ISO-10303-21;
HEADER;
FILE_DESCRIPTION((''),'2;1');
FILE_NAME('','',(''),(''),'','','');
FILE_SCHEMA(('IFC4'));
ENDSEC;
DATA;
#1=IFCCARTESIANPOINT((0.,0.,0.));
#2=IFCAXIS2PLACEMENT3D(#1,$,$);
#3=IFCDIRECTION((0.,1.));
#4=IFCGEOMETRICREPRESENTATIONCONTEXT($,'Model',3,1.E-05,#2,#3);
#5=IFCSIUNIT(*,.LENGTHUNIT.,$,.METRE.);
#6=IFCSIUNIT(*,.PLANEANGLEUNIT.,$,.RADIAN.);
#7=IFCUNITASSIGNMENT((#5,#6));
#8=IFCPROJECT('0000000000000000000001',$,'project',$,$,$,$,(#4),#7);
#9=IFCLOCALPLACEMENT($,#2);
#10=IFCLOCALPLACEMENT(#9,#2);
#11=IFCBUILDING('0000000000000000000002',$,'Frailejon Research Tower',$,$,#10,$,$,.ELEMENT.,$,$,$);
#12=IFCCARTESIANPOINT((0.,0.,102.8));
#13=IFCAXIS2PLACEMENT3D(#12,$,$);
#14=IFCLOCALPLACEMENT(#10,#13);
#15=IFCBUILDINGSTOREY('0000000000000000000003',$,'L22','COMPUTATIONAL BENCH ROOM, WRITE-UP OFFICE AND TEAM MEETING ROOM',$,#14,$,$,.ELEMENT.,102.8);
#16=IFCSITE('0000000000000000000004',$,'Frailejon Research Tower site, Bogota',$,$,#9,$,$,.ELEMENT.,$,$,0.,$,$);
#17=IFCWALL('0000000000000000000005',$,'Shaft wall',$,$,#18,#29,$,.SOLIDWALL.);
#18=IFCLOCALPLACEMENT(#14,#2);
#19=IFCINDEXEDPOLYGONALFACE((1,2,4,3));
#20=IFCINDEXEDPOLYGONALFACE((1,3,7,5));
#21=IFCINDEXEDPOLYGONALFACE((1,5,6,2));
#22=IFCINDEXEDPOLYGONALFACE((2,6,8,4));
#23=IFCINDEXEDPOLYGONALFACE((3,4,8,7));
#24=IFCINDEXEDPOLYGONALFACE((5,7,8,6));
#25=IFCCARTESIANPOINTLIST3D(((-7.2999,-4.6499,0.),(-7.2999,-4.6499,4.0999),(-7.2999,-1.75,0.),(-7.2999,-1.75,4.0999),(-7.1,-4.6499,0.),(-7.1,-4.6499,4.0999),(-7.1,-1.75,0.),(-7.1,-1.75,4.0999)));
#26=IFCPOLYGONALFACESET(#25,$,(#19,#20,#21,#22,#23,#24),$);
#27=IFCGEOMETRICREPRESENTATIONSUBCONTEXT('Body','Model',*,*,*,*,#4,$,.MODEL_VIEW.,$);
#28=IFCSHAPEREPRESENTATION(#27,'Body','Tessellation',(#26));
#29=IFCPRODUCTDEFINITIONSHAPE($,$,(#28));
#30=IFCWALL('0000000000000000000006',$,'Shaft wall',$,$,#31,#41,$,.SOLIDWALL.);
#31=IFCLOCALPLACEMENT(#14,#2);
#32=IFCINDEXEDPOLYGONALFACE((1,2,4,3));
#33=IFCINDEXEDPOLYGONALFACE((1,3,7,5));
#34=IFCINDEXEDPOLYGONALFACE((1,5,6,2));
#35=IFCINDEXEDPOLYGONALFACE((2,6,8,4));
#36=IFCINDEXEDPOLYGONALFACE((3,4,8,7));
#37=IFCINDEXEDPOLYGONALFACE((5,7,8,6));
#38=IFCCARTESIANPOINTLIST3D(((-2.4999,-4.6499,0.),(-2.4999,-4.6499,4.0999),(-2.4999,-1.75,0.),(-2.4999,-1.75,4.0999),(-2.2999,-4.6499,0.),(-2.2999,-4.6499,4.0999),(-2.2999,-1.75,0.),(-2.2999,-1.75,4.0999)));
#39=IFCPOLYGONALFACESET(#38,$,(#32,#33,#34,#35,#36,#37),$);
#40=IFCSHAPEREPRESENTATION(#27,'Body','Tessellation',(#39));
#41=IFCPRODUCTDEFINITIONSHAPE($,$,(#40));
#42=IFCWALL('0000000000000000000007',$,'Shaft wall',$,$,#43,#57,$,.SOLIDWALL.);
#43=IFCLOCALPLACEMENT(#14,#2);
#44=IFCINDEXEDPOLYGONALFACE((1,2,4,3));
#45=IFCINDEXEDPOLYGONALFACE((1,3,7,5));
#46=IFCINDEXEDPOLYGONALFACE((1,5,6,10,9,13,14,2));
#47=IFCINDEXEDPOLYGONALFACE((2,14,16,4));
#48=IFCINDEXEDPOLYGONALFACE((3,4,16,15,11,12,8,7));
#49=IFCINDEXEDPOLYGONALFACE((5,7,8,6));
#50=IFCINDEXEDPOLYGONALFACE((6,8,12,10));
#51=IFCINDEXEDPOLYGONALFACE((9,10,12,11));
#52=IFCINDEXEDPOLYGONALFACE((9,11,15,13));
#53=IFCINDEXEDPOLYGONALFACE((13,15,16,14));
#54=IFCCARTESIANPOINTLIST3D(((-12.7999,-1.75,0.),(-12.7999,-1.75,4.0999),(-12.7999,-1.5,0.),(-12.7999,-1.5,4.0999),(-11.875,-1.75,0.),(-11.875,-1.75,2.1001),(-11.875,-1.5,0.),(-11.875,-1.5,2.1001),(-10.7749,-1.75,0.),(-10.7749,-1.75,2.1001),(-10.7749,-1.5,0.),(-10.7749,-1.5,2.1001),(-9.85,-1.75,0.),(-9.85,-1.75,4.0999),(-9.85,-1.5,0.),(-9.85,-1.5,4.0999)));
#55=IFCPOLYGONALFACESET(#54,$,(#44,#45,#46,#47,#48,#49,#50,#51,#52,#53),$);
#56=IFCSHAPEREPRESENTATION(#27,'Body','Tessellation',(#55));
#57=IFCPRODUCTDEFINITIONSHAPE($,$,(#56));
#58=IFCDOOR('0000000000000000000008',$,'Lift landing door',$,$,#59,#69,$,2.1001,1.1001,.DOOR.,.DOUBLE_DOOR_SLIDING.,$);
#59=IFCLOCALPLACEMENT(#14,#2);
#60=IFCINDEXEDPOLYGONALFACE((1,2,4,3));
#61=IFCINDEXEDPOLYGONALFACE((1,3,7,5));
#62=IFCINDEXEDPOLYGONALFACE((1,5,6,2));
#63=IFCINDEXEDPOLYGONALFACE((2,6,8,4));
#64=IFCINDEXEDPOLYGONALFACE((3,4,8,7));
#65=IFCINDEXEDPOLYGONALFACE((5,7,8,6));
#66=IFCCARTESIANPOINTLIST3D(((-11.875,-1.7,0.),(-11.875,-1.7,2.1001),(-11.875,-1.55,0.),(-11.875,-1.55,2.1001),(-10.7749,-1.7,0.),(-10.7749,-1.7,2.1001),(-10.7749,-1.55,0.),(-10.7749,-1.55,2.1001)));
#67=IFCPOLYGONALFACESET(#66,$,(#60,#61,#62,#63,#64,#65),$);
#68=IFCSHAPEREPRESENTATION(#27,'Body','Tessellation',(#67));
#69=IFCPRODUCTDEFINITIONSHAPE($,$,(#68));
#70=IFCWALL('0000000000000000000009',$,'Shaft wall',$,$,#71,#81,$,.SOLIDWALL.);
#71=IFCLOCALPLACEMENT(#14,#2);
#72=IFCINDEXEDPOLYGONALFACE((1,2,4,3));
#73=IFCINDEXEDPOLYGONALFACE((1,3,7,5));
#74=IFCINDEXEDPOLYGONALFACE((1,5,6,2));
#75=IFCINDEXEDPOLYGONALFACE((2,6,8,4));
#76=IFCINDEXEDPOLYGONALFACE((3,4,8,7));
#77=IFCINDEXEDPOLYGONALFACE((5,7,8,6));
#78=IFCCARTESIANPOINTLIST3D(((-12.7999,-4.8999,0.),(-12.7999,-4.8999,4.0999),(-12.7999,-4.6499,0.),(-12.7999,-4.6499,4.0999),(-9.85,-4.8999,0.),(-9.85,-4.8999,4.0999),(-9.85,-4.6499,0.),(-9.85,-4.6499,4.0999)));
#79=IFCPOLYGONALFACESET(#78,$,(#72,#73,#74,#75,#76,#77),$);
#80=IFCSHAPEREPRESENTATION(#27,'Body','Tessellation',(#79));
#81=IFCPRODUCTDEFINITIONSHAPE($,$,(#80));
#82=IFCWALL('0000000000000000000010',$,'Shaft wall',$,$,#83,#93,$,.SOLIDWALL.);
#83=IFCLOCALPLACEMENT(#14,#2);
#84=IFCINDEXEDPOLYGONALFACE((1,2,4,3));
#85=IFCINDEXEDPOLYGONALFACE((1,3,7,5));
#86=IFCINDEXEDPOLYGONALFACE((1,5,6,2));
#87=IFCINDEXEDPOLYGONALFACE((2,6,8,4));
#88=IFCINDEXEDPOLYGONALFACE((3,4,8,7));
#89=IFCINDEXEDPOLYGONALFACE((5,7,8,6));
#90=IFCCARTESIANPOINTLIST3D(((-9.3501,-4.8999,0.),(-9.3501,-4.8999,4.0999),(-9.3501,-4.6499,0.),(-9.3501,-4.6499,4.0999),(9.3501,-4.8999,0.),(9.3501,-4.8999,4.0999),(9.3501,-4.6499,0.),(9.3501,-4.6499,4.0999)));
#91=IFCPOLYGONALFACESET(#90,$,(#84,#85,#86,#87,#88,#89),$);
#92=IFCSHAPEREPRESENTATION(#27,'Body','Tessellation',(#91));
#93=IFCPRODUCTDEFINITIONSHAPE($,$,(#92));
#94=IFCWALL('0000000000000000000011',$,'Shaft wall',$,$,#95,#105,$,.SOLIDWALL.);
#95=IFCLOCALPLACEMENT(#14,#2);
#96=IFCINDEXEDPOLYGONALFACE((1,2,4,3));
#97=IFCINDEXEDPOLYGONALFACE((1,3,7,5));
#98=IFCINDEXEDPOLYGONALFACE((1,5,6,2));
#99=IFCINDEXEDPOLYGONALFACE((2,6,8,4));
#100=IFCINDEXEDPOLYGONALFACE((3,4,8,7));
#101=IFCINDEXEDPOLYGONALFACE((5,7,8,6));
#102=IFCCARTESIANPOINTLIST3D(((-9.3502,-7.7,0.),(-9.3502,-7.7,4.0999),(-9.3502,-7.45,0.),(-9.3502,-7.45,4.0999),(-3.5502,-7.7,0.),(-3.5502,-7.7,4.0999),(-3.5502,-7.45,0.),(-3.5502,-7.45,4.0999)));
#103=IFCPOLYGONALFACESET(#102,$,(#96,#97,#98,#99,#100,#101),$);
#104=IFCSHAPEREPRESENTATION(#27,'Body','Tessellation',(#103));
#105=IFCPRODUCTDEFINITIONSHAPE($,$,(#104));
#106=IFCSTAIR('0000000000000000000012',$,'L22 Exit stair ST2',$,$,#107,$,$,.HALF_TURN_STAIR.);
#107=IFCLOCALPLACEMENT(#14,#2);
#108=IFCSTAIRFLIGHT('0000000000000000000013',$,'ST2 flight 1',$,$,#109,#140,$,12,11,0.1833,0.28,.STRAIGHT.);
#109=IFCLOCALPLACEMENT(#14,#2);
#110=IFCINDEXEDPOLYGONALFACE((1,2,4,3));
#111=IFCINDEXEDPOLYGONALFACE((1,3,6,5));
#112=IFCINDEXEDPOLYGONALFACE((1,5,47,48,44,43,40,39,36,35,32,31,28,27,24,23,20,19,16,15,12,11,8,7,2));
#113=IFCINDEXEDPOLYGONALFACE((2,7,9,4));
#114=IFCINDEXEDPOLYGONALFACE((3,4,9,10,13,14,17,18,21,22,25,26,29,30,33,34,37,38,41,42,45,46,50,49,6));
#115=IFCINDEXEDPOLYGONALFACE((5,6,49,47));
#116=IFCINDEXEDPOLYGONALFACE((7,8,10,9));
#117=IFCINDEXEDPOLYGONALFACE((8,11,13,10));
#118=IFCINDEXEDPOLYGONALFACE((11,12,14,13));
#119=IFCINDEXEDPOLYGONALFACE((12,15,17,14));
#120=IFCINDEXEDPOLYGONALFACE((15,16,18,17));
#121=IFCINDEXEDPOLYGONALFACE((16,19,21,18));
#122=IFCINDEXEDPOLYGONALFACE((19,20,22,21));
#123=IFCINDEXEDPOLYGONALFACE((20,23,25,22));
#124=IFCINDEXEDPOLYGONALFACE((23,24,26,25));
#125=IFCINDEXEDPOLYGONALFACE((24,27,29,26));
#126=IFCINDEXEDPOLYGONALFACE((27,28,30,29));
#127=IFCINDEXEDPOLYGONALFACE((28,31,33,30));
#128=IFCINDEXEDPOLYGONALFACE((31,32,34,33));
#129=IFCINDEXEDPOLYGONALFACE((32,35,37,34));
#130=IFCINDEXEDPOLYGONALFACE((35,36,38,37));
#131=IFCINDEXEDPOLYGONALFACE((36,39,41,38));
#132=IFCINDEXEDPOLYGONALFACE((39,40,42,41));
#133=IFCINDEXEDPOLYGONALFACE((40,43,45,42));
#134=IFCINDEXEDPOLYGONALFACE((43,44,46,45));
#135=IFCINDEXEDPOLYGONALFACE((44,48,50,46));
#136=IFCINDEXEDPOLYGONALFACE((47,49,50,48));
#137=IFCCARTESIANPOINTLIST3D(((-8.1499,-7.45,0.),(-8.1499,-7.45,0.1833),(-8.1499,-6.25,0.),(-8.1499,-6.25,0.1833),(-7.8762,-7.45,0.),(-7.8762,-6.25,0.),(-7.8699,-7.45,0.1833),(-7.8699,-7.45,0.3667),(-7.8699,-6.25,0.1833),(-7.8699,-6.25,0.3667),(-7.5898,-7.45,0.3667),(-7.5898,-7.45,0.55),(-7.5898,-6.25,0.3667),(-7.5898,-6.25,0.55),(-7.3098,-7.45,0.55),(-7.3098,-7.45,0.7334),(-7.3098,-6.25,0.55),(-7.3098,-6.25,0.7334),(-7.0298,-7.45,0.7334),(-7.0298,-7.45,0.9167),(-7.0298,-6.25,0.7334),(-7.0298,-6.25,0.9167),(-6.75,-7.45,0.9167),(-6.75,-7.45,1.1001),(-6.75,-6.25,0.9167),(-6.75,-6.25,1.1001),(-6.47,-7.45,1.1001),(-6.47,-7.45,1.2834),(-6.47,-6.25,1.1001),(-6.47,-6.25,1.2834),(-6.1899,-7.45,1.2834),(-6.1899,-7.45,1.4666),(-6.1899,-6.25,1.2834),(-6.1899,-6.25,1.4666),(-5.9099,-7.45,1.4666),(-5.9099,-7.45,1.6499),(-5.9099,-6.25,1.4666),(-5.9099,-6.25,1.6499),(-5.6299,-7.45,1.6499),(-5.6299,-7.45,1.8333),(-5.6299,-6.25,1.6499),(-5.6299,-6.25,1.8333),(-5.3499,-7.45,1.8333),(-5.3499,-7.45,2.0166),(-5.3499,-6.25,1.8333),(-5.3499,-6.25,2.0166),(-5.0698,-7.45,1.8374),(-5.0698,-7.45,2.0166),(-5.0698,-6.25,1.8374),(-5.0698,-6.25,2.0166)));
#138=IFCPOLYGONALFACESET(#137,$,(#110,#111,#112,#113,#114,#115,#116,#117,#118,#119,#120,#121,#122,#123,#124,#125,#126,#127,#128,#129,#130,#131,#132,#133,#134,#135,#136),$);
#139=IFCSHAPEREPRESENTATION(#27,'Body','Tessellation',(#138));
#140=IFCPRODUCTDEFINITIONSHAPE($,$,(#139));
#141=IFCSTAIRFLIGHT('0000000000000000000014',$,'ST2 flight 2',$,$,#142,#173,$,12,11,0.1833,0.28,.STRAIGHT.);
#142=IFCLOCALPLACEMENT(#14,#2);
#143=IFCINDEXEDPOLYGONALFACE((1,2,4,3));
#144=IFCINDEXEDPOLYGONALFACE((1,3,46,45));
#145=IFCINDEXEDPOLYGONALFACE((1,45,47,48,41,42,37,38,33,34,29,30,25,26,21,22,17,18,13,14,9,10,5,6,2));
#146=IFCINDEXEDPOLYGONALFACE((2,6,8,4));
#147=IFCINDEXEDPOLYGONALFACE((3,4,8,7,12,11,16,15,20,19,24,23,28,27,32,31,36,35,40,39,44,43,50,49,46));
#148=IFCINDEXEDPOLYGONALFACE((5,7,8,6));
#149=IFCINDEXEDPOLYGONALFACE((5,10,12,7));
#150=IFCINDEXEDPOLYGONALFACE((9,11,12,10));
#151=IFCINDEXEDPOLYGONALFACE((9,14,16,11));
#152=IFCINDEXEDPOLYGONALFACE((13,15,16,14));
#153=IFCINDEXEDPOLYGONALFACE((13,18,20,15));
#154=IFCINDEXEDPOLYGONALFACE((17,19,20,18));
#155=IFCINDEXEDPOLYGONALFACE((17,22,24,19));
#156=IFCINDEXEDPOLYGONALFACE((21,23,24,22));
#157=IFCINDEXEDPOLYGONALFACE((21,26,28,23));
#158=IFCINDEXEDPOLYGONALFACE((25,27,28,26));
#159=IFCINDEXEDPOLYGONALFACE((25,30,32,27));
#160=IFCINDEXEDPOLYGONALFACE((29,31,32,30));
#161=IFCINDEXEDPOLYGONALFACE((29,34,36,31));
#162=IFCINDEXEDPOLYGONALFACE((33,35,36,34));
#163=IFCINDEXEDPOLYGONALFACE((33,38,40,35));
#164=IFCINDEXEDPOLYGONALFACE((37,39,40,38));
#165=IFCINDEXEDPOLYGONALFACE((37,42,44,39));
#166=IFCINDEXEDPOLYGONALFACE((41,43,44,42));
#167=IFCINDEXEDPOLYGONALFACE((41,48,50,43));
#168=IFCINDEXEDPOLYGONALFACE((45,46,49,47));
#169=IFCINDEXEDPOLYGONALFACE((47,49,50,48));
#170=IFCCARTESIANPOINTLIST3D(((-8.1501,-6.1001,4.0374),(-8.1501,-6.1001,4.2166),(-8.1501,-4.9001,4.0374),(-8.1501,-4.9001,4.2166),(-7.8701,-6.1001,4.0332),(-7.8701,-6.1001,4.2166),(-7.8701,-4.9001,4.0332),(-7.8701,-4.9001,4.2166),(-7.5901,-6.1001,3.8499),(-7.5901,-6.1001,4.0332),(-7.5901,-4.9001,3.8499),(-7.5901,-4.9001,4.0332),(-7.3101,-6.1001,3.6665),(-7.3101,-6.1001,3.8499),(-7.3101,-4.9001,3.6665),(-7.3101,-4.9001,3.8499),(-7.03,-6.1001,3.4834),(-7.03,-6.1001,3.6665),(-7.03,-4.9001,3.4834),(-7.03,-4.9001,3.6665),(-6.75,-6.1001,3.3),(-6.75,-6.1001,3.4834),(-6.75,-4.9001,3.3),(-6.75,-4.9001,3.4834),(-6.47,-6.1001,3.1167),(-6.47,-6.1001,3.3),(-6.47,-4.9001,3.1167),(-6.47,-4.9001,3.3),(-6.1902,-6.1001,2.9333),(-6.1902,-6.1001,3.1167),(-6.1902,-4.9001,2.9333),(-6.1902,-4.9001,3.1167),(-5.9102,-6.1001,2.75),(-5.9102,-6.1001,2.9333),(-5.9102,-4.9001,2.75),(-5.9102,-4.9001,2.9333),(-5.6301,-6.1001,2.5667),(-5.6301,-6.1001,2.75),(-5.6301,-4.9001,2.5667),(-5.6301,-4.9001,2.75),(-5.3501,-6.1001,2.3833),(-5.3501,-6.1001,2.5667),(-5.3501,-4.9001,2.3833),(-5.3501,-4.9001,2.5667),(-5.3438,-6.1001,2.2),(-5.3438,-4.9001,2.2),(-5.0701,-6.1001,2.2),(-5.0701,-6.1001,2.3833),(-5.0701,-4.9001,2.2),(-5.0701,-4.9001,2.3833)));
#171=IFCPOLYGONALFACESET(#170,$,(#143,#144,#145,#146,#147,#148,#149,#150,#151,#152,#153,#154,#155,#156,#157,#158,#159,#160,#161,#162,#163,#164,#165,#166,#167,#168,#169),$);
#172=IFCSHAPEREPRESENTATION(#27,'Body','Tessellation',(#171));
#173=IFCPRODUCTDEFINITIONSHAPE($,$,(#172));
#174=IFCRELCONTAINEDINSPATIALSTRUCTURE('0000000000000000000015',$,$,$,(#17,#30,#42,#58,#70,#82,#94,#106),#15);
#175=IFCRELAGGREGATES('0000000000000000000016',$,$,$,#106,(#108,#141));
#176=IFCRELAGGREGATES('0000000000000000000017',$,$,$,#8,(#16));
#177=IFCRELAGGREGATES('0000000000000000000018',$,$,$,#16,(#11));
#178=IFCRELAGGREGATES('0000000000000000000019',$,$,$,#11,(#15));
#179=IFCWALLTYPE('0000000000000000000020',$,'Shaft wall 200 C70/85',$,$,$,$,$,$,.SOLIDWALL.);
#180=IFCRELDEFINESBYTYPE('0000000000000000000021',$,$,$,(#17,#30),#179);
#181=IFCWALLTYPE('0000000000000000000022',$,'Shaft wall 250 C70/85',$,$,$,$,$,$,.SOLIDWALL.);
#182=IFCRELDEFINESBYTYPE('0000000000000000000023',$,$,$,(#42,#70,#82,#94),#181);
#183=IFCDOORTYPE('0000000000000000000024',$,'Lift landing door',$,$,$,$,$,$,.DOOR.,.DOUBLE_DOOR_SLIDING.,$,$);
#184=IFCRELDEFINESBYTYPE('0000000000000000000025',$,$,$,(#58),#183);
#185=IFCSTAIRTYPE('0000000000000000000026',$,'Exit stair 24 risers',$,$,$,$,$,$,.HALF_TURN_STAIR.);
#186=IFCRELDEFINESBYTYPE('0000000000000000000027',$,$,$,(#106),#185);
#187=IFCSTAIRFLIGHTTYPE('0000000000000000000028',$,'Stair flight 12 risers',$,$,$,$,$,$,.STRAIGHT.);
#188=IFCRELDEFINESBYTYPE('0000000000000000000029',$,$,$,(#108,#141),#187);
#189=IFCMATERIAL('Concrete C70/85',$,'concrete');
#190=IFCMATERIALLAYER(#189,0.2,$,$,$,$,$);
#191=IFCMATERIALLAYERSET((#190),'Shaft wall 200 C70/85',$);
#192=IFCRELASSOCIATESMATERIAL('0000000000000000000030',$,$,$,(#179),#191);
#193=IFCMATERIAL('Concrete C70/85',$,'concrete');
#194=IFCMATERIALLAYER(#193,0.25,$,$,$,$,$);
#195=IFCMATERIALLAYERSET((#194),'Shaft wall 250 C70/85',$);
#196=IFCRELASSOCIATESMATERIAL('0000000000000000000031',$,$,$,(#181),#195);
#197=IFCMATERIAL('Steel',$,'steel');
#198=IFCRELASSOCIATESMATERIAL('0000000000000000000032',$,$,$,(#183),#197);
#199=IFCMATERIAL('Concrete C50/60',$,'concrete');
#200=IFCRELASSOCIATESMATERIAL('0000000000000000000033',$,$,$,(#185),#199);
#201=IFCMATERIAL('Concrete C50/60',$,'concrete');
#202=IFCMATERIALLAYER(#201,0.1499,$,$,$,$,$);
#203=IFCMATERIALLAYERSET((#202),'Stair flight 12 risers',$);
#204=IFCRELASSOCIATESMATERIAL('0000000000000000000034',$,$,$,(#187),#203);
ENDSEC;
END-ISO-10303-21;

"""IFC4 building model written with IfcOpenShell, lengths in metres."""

from ifc_helpers import new_model, si_unit, direction, frame, frame_2d, origin, place, context, subcontext, project, spatial, polyline, rectangle, outline, extrude, material, layer, layer_set, type_object, element, fill, aggregate, save


model = new_model("IFC4")

# Units and contexts
model_context = context("Model", 3, precision=1e-05, world=origin(), true_north=direction((0.0, 1.0)))
body_context = subcontext(model_context, "Body", "Model", "MODEL_VIEW")
ifc_project = project(units=[si_unit("LENGTHUNIT", "METRE"), si_unit("PLANEANGLEUNIT", "RADIAN")], contexts=[model_context])

# Site, building, storey
site_placement = place(None, origin())
site = spatial("IfcSite", under=ifc_project, at=site_placement, Name="Frailejon Research Tower site, Bogota", CompositionType="ELEMENT", RefElevation=0.0)
building_placement = place(site_placement, origin())
building = spatial("IfcBuilding", under=site, at=building_placement, Name="Frailejon Research Tower", CompositionType="ELEMENT")
storey_placement = place(building_placement, frame((0.0, 0.0, 102.8)))
storey = spatial("IfcBuildingStorey", under=building, at=storey_placement, Name="L22", Description="COMPUTATIONAL BENCH ROOM, WRITE-UP OFFICE AND TEAM MEETING ROOM", CompositionType="ELEMENT", Elevation=102.8)

# Walls
ifc_material_1 = material(Name="Concrete C70/85", Category="concrete")
ifc_layer_1 = layer(ifc_material_1, 0.2)
ifc_layer_set_1 = layer_set([ifc_layer_1], Name="Shaft wall 200 C70/85")
wall_type_1 = type_object("IfcWallType", Name="Shaft wall 200 C70/85", PredefinedType="SOLIDWALL", material=ifc_layer_set_1)
for number, where, z_axis, x_axis, name in (
    (1, (-7.2, -4.6499, 0.0), (0.0, 0.0, 1.0), (0.0, 1.0, 0.0), "Shaft wall"),
    (2, (-2.3999, -4.6499, 0.0), (0.0, 0.0, 1.0), (0.0, 1.0, 0.0), "Shaft wall"),
):
    element("IfcWall", number, at=place(storey_placement, frame(where, z_axis=z_axis, x_axis=x_axis)), inside=storey, type_object=wall_type_1, Name=name, PredefinedType="SOLIDWALL", context=body_context, shape_type="SweptSolid", body=[
        extrude(rectangle(XDim=2.8999, YDim=0.2, at=frame_2d((1.45, 0.0))), origin(), (0.0, 0.0, 1.0), 4.0999),
    ])

# Wall, opening, door
ifc_material_2 = material(Name="Concrete C70/85", Category="concrete")
ifc_layer_2 = layer(ifc_material_2, 0.25)
ifc_layer_set_2 = layer_set([ifc_layer_2], Name="Shaft wall 250 C70/85")
wall_type_2 = type_object("IfcWallType", Name="Shaft wall 250 C70/85", PredefinedType="SOLIDWALL", material=ifc_layer_set_2)
wall_1_placement = place(storey_placement, frame((-12.8, -1.625, 0.0), z_axis=(0.0, 0.0, 1.0), x_axis=(1.0, 0.0, 0.0)))
wall_1 = element("IfcWall", 3, at=wall_1_placement, inside=storey, type_object=wall_type_2, Name="Shaft wall", PredefinedType="SOLIDWALL", context=body_context, shape_type="SweptSolid", body=[
    extrude(rectangle(XDim=2.95, YDim=0.25, at=frame_2d((1.4751, 0.0))), origin(), (0.0, 0.0, 1.0), 4.0999),
])
opening_placement = place(wall_1_placement, frame((0.925, 0.0, 0.0)))
opening = element("IfcOpeningElement", 4, at=opening_placement, cuts=wall_1, PredefinedType="OPENING", context=body_context, shape_type="SweptSolid", body=[
    extrude(rectangle(XDim=1.1001, YDim=2.1001, at=frame_2d((0.55, 1.05))), frame((0.0, 0.135, 0.0), z_axis=(0.0, -1.0, 0.0), x_axis=(1.0, 0.0, 0.0)), (0.0, 0.0, 1.0), 0.27),
])
ifc_material_3 = material(Name="Steel", Category="steel")
door_type = type_object("IfcDoorType", Name="Lift landing door", OperationType="DOUBLE_DOOR_SLIDING", PredefinedType="DOOR", material=ifc_material_3)
door_placement = place(opening_placement, origin())
door = element("IfcDoor", 5, at=door_placement, inside=storey, type_object=door_type, Name="Lift landing door", OperationType="DOUBLE_DOOR_SLIDING", OverallHeight=2.1001, OverallWidth=1.1001, PredefinedType="DOOR", context=body_context, shape_type="SweptSolid", body=[
    extrude(rectangle(XDim=1.1001, YDim=2.1001, at=frame_2d((0.55, 1.05))), frame((0.0, 0.075, 0.0), z_axis=(0.0, -1.0, 0.0), x_axis=(1.0, 0.0, 0.0)), (0.0, 0.0, 1.0), 0.1499),
])
fill(opening, door)

# Walls
wall_2_placement = place(storey_placement, frame((-12.8, -4.7749, 0.0), z_axis=(0.0, 0.0, 1.0), x_axis=(1.0, 0.0, 0.0)))
element("IfcWall", 6, at=wall_2_placement, inside=storey, type_object=wall_type_2, Name="Shaft wall", PredefinedType="SOLIDWALL", context=body_context, shape_type="SweptSolid", body=[
    extrude(rectangle(XDim=2.95, YDim=0.25, at=frame_2d((1.4751, 0.0))), origin(), (0.0, 0.0, 1.0), 4.0999),
])
wall_3_placement = place(storey_placement, frame((-9.3501, -4.7749, 0.0), z_axis=(0.0, 0.0, 1.0), x_axis=(1.0, 0.0, 0.0)))
element("IfcWall", 7, at=wall_3_placement, inside=storey, type_object=wall_type_2, Name="Shaft wall", PredefinedType="SOLIDWALL", context=body_context, shape_type="SweptSolid", body=[
    extrude(rectangle(XDim=18.7002, YDim=0.25, at=frame_2d((9.3501, 0.0))), origin(), (0.0, 0.0, 1.0), 4.0999),
])
wall_4_placement = place(storey_placement, frame((-9.3501, -7.575, 0.0), z_axis=(0.0, 0.0, 1.0), x_axis=(1.0, 0.0, 0.0)))
element("IfcWall", 8, at=wall_4_placement, inside=storey, type_object=wall_type_2, Name="Shaft wall", PredefinedType="SOLIDWALL", context=body_context, shape_type="SweptSolid", body=[
    extrude(rectangle(XDim=5.8, YDim=0.25, at=frame_2d((2.8999, 0.0))), origin(), (0.0, 0.0, 1.0), 4.0999),
])

# Stair, stair flights
ifc_material_4 = material(Name="Concrete C50/60", Category="concrete")
stair_type = type_object("IfcStairType", Name="Exit stair 24 risers", PredefinedType="HALF_TURN_STAIR", material=ifc_material_4)
stair_placement = place(storey_placement, origin())
stair = element("IfcStair", 9, at=stair_placement, inside=storey, type_object=stair_type, Name="L22 Exit stair ST2", PredefinedType="HALF_TURN_STAIR")
ifc_material_5 = material(Name="Concrete C50/60", Category="concrete")
ifc_layer_3 = layer(ifc_material_5, 0.1499)
ifc_layer_set_3 = layer_set([ifc_layer_3], Name="Stair flight 12 risers")
stair_flight_type = type_object("IfcStairFlightType", Name="Stair flight 12 risers", PredefinedType="STRAIGHT", material=ifc_layer_set_3)
stair_flight_1_placement = place(storey_placement, frame((-8.1499, -6.8501, 0.0), z_axis=(0.0, 0.0, 1.0), x_axis=(1.0, 0.0, 0.0)))
stair_flight_1 = element("IfcStairFlight", 10, at=stair_flight_1_placement, type_object=stair_flight_type, Name="ST2 flight 1", NumberOfRisers=12, NumberOfTreads=11, PredefinedType="STRAIGHT", RiserHeight=0.1833, TreadLength=0.28, context=body_context, shape_type="SweptSolid", body=[
    extrude(outline(polyline([(0.0, 0.0), (0.0, 0.1833), (0.28, 0.1833), (0.28, 0.3667), (0.5601, 0.3667), (0.5601, 0.55), (0.8401, 0.55), (0.8401, 0.7334), (1.1201, 0.7334), (1.1201, 0.9167), (1.3999, 0.9167), (1.3999, 1.1001), (1.6799, 1.1001), (1.6799, 1.2834), (1.96, 1.2834), (1.96, 1.4666), (2.24, 1.4666), (2.24, 1.6499), (2.52, 1.6499), (2.52, 1.8333), (2.8, 1.8333), (2.8, 2.0166), (3.0801, 2.0166), (3.0801, 2.2), (3.0801, 1.8374), (0.2737, 0.0), (0.0, 0.0)])), frame((0.0, 0.6001, 0.0), z_axis=(0.0, -1.0, 0.0), x_axis=(1.0, 0.0, 0.0)), (0.0, 0.0, 1.0), 1.2),
])
stair_flight_2_placement = place(storey_placement, frame((-5.0701, -5.5, 2.2), z_axis=(0.0, 0.0, 1.0), x_axis=(-1.0, 0.0, 0.0)))
stair_flight_2 = element("IfcStairFlight", 11, at=stair_flight_2_placement, type_object=stair_flight_type, Name="ST2 flight 2", NumberOfRisers=12, NumberOfTreads=11, PredefinedType="STRAIGHT", RiserHeight=0.1833, TreadLength=0.28, context=body_context, shape_type="SweptSolid", body=[
    extrude(outline(polyline([(0.0, 0.0), (0.0, 0.1833), (0.28, 0.1833), (0.28, 0.3667), (0.5601, 0.3667), (0.5601, 0.55), (0.8401, 0.55), (0.8401, 0.7334), (1.1201, 0.7334), (1.1201, 0.9167), (1.3999, 0.9167), (1.3999, 1.1001), (1.6799, 1.1001), (1.6799, 1.2834), (1.96, 1.2834), (1.96, 1.4666), (2.24, 1.4666), (2.24, 1.6499), (2.52, 1.6499), (2.52, 1.8333), (2.8, 1.8333), (2.8, 2.0166), (3.0801, 2.0166), (3.0801, 2.2), (3.0801, 1.8374), (0.2737, 0.0), (0.0, 0.0)])), frame((0.0, 0.6001, 0.0), z_axis=(0.0, -1.0, 0.0), x_axis=(1.0, 0.0, 0.0)), (0.0, 0.0, 1.0), 1.2),
])
aggregate(stair, [stair_flight_1, stair_flight_2])

save(model, "model.ifc")
